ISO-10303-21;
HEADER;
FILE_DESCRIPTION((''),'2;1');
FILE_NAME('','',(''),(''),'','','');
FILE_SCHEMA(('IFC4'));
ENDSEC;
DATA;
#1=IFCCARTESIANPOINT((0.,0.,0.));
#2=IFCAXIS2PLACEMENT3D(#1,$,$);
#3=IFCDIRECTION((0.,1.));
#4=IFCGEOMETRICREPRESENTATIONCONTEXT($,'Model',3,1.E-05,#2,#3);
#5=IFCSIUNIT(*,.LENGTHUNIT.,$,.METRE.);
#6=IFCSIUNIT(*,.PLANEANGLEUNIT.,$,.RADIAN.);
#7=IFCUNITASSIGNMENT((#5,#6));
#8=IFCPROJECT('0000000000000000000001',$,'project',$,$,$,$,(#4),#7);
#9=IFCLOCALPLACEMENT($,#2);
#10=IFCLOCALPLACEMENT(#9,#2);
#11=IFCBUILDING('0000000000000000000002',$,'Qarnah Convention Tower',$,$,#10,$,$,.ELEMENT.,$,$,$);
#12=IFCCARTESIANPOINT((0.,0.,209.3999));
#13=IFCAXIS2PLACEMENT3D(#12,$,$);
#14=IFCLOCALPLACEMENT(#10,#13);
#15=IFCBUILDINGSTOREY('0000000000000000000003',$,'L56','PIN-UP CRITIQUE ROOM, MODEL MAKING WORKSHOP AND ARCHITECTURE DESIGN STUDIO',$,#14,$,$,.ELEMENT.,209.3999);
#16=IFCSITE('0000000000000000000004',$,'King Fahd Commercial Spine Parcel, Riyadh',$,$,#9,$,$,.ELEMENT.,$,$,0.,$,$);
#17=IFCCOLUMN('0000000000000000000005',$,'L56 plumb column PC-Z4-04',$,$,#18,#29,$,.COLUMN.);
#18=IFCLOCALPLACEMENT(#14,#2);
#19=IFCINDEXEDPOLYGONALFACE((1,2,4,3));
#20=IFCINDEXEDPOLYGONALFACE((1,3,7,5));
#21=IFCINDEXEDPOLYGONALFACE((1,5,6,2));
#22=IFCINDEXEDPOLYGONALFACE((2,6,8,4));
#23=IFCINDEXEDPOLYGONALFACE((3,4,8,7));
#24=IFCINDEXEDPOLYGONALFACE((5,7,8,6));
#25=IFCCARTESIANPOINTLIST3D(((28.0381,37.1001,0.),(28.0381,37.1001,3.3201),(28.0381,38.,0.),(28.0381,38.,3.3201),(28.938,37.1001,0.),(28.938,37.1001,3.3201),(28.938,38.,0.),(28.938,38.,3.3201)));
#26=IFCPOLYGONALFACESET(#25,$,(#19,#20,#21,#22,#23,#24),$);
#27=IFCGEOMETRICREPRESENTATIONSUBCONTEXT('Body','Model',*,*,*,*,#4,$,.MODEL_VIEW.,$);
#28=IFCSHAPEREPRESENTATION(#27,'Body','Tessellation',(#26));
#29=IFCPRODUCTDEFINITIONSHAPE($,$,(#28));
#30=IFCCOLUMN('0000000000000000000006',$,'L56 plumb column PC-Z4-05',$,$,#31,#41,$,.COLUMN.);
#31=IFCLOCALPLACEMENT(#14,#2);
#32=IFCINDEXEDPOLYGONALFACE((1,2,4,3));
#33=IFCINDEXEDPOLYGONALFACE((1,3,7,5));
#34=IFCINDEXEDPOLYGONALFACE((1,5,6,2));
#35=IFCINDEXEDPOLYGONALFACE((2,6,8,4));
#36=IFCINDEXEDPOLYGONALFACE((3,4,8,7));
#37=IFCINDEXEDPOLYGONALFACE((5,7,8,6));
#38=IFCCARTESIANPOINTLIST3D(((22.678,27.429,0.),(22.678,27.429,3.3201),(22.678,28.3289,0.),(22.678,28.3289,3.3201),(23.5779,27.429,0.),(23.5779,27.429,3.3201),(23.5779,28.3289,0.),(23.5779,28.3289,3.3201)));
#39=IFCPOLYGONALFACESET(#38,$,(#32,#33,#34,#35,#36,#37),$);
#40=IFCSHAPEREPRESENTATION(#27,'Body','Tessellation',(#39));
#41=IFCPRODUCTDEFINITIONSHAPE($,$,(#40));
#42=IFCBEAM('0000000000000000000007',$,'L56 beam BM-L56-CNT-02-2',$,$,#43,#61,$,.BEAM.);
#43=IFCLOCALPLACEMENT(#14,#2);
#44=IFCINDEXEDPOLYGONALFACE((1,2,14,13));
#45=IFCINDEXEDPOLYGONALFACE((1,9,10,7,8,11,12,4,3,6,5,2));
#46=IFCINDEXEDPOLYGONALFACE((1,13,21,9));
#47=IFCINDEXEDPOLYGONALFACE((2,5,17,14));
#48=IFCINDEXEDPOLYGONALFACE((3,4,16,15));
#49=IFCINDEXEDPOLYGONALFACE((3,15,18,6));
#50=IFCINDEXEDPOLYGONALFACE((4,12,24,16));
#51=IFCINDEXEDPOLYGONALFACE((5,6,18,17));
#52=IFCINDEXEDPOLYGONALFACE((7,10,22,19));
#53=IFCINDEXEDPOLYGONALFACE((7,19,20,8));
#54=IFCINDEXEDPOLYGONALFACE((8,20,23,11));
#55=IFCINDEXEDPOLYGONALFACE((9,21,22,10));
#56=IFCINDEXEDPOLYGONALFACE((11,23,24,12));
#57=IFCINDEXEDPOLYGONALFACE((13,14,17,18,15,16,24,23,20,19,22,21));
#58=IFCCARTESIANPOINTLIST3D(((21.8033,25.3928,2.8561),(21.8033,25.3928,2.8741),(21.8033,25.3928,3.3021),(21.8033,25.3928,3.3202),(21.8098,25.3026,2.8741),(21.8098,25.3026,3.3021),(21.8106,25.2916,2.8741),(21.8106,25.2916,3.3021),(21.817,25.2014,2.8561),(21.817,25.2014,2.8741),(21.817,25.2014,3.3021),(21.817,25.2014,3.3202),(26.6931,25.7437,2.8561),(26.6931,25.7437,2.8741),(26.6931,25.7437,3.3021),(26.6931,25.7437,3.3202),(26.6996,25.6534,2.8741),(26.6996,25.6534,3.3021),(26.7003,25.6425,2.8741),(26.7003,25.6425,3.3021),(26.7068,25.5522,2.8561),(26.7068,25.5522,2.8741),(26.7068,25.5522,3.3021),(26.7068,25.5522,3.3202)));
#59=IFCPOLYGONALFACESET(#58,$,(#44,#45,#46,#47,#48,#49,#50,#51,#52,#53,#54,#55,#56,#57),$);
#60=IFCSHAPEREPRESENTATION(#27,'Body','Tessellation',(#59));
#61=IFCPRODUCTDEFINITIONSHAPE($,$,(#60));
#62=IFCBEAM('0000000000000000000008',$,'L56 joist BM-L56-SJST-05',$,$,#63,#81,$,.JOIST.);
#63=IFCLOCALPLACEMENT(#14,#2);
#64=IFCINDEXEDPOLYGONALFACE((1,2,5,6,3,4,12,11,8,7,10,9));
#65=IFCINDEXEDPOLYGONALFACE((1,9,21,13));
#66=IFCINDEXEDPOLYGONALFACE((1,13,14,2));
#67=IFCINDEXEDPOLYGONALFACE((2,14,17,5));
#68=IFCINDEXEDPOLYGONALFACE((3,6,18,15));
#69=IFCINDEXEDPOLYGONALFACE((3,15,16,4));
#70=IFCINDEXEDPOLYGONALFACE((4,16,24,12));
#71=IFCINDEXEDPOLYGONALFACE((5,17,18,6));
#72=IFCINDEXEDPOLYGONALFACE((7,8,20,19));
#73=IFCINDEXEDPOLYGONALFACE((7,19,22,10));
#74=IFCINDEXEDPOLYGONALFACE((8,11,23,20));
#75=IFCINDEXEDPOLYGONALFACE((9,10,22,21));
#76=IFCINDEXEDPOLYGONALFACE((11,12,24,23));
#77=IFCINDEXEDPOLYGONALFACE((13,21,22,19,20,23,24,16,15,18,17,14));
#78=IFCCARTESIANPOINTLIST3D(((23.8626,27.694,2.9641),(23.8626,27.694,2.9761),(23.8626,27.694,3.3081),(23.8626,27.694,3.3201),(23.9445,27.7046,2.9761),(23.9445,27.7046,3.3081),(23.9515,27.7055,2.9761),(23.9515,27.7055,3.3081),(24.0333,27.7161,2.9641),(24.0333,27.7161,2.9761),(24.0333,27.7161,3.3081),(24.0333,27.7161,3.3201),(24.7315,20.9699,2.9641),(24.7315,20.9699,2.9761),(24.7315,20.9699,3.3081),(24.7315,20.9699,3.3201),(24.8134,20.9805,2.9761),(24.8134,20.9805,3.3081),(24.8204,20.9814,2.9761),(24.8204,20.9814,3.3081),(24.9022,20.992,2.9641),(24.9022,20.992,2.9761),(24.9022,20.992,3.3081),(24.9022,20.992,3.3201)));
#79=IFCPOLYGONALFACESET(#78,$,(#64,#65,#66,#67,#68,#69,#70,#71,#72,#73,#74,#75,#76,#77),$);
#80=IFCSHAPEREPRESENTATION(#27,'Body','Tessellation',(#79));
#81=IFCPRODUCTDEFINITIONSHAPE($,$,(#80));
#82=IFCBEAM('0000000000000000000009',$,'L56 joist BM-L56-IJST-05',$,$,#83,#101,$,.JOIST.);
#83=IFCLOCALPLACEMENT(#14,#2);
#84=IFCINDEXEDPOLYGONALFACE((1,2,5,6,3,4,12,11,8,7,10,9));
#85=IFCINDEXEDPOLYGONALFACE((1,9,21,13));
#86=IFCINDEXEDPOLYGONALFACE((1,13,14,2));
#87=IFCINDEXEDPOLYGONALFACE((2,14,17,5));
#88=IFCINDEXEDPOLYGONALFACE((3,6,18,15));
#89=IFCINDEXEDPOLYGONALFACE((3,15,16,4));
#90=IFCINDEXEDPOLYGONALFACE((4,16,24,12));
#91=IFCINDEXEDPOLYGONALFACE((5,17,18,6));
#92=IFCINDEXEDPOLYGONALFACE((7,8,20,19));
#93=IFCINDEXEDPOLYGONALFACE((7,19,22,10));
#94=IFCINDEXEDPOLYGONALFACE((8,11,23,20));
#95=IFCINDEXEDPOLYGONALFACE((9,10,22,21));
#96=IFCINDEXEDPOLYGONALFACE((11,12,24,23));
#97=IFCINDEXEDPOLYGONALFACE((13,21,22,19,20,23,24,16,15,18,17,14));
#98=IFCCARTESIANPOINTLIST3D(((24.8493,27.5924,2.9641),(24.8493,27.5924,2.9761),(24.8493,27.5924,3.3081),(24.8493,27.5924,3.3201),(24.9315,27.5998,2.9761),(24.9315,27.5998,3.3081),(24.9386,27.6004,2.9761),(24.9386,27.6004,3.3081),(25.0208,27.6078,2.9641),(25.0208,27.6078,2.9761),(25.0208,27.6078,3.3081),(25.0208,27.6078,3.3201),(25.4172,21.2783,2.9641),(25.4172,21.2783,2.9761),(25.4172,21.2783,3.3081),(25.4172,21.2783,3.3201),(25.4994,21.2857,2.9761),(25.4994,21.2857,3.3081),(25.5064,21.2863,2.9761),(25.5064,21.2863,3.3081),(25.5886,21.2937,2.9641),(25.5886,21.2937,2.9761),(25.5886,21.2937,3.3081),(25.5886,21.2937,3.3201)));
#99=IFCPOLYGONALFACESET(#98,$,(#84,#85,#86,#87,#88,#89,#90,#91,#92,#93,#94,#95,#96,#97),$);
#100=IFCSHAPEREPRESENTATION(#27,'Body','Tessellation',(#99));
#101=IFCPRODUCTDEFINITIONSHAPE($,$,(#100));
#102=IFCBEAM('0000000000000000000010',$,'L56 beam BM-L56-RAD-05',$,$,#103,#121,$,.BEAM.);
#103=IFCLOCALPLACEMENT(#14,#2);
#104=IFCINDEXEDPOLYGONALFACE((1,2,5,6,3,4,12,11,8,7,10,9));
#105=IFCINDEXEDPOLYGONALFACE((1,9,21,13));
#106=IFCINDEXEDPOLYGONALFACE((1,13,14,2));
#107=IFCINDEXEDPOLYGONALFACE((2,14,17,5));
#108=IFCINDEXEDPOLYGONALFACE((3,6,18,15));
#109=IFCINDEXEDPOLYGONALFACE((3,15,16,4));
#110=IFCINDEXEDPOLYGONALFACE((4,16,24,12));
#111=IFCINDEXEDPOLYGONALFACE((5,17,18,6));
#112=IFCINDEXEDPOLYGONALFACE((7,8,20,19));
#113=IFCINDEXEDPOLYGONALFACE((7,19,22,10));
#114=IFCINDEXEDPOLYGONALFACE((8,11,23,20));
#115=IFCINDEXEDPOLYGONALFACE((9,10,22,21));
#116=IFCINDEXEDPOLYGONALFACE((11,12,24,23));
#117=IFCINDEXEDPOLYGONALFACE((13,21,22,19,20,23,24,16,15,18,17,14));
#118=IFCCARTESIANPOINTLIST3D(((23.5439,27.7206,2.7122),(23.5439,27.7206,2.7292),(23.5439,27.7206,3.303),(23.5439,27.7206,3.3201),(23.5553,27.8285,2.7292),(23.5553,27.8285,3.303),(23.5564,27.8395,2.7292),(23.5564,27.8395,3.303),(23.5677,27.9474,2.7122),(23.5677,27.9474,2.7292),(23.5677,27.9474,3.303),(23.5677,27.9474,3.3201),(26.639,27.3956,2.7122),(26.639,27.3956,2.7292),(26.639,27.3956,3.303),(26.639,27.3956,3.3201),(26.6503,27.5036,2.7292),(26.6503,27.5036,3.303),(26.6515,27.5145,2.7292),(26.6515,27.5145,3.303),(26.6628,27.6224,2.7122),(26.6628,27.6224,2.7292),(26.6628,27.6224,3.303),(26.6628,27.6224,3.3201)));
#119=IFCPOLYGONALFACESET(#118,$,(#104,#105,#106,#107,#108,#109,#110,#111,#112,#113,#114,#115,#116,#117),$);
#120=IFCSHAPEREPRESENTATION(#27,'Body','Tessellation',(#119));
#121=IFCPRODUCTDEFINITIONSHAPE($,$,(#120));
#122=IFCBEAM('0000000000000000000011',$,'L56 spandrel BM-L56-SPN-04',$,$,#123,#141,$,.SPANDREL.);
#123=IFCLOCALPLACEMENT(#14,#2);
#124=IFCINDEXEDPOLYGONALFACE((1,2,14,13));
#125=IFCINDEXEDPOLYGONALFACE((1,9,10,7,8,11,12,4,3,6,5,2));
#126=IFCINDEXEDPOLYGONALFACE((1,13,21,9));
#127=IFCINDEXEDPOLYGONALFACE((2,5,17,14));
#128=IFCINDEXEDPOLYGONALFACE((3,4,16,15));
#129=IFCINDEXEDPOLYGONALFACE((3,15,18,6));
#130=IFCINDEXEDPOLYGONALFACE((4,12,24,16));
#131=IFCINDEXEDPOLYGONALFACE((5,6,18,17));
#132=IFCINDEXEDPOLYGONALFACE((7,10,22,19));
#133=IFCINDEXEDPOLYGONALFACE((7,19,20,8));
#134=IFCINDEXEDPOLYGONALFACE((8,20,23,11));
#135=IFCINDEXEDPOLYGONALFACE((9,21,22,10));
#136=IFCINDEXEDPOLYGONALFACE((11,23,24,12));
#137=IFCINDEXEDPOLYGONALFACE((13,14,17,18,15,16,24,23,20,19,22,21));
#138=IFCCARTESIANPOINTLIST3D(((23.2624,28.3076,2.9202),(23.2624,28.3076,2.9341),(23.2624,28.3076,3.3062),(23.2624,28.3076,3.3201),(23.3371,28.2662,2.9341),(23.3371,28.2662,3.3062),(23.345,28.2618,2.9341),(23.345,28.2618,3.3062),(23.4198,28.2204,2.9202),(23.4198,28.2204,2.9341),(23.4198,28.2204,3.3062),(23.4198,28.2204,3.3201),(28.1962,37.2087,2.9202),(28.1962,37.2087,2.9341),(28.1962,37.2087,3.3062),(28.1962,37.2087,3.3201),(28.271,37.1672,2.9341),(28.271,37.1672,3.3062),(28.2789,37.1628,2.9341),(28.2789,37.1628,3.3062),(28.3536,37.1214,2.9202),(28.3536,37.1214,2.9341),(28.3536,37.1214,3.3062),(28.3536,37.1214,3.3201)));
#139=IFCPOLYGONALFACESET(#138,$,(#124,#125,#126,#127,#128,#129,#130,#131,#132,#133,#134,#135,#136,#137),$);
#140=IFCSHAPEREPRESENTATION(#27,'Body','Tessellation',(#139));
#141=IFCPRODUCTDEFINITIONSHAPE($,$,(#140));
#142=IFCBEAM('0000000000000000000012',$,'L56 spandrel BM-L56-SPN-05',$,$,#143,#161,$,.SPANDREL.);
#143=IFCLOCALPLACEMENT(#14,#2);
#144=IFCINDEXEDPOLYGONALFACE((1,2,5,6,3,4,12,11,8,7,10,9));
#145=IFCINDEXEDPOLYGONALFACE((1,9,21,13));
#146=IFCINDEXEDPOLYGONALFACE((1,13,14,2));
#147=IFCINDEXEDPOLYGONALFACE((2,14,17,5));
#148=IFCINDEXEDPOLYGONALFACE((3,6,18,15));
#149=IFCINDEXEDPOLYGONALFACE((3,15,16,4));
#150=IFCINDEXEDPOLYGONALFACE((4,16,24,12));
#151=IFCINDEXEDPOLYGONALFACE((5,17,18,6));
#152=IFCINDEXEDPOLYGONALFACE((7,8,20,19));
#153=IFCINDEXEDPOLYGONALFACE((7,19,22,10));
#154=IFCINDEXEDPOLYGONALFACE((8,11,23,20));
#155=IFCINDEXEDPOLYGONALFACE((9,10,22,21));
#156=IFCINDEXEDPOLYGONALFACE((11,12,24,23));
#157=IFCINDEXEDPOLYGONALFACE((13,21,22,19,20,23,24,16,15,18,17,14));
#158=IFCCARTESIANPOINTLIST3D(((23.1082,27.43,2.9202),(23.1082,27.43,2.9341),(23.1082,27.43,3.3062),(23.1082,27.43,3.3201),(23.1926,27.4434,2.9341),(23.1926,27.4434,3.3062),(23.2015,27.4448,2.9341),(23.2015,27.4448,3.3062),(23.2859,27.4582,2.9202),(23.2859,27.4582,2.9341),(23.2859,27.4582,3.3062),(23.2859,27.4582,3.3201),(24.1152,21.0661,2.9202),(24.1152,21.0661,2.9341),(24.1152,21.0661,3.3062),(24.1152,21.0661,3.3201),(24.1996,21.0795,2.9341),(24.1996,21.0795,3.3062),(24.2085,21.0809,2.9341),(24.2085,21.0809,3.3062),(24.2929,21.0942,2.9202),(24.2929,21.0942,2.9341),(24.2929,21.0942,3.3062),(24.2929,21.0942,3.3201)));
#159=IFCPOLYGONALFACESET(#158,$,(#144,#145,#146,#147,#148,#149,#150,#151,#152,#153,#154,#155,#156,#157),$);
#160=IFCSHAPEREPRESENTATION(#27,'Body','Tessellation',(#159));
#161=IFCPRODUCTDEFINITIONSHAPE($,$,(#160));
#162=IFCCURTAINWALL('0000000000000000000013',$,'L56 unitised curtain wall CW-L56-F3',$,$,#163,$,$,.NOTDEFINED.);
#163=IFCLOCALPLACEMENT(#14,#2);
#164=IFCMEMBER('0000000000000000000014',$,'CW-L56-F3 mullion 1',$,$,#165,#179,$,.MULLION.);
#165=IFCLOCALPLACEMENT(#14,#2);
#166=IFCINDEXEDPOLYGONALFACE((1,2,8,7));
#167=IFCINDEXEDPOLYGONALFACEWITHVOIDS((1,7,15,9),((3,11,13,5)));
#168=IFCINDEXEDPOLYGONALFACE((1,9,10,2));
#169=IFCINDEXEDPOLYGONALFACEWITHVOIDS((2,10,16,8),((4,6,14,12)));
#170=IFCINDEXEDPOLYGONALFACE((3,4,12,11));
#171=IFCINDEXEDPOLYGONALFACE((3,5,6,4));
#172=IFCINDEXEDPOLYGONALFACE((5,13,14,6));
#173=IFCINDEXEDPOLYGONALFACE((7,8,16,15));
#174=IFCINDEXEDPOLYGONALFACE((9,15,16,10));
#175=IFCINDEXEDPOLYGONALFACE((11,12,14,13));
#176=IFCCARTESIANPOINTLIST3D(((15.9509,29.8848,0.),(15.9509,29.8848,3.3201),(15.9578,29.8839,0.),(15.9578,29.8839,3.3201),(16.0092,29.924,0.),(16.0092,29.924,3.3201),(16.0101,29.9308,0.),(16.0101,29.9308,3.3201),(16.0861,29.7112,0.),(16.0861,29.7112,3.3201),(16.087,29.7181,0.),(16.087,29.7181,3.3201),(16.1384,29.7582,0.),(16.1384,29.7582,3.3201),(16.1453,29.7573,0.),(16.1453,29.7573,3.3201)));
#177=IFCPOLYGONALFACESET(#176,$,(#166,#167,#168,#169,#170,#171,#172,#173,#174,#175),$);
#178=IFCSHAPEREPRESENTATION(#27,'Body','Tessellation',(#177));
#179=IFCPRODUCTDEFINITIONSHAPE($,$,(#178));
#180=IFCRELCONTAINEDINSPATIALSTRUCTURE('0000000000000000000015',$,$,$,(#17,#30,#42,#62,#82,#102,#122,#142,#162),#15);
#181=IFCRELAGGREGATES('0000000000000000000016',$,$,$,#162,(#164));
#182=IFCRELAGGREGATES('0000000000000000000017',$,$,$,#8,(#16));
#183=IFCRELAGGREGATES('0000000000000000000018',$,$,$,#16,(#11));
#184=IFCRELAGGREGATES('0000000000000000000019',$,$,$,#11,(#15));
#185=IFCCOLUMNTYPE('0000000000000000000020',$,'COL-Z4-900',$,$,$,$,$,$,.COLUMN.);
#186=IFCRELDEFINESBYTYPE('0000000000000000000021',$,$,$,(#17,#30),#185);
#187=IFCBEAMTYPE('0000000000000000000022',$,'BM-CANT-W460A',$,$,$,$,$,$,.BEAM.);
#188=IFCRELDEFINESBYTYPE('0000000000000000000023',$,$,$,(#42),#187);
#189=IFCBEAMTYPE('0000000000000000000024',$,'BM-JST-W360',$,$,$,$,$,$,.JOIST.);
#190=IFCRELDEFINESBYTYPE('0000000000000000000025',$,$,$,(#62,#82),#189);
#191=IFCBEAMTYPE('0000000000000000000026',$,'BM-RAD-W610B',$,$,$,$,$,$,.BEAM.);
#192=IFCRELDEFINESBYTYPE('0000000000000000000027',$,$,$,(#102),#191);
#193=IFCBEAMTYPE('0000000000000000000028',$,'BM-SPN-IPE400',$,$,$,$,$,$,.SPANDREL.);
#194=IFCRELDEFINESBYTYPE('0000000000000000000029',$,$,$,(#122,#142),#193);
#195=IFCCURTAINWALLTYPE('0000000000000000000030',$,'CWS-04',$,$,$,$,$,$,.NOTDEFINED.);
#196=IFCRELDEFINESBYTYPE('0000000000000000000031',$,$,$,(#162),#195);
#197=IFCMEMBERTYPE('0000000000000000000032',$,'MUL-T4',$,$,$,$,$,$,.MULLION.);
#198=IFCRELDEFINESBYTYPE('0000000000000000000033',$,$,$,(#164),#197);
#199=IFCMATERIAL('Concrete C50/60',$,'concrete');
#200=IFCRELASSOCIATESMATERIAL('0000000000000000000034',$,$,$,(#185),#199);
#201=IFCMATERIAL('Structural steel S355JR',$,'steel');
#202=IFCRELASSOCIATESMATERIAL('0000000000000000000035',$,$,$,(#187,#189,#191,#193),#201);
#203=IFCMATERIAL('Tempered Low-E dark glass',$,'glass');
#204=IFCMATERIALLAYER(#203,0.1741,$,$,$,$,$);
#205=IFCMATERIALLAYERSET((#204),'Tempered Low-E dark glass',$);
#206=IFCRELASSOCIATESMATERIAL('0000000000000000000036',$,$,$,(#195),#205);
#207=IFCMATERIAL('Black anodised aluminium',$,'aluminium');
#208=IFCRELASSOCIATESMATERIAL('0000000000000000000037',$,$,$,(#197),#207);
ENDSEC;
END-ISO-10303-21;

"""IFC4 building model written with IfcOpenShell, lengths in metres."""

from ifc_helpers import new_model, si_unit, direction, frame, origin, origin_2d, place, context, subcontext, project, spatial, rectangle, hollow_rectangle, i_section, extrude, material, layer, layer_set, material_profile, profile_set, type_object, element, aggregate, save


model = new_model("IFC4")

# Units and contexts
model_context = context("Model", 3, precision=1e-05, world=origin(), true_north=direction((0.0, 1.0)))
body_context = subcontext(model_context, "Body", "Model", "MODEL_VIEW")
ifc_project = project(units=[si_unit("LENGTHUNIT", "METRE"), si_unit("PLANEANGLEUNIT", "RADIAN")], contexts=[model_context])

# Site, building, storey
site_placement = place(None, origin())
site = spatial("IfcSite", under=ifc_project, at=site_placement, Name="King Fahd Commercial Spine Parcel, Riyadh", CompositionType="ELEMENT", RefElevation=0.0)
building_placement = place(site_placement, origin())
building = spatial("IfcBuilding", under=site, at=building_placement, Name="Qarnah Convention Tower", CompositionType="ELEMENT")
storey_placement = place(building_placement, frame((0.0, 0.0, 209.3999)))
storey = spatial("IfcBuildingStorey", under=building, at=storey_placement, Name="L56", Description="PIN-UP CRITIQUE ROOM, MODEL MAKING WORKSHOP AND ARCHITECTURE DESIGN STUDIO", CompositionType="ELEMENT", Elevation=209.3999)

# Columns
ifc_material_1 = material(Name="Concrete C50/60", Category="concrete")
ifc_material_profile_1 = material_profile(ifc_material_1, rectangle(XDim=0.8999, YDim=0.8999, at=origin_2d()), Name="RC-COL-900X900")
ifc_profile_set_1 = profile_set([ifc_material_profile_1], Name="Concrete C50/60")
column_type = type_object("IfcColumnType", Name="COL-Z4-900", PredefinedType="COLUMN", material=ifc_profile_set_1)
for number, where, z_axis, x_axis, name in (
    (1, (28.488, 37.55, 0.0), (0.0, 0.0, 1.0), (1.0, 0.0, 0.0), "L56 plumb column PC-Z4-04"),
    (2, (23.1279, 27.8789, 0.0), (0.0, 0.0, 1.0), (1.0, 0.0, 0.0), "L56 plumb column PC-Z4-05"),
):
    element("IfcColumn", number, at=place(storey_placement, frame(where, z_axis=z_axis, x_axis=x_axis)), inside=storey, type_object=column_type, Name=name, PredefinedType="COLUMN", context=body_context, shape_type="SweptSolid", body=[
        extrude(rectangle(XDim=0.8999, YDim=0.8999, at=origin_2d()), origin(), (0.0, 0.0, 1.0), 3.3201),
    ])

# Beams
ifc_material_2 = material(Name="Structural steel S355JR", Category="steel")
ifc_material_profile_2 = material_profile(ifc_material_2, i_section(OverallWidth=0.1919, OverallDepth=0.4641, WebThickness=0.011, FlangeThickness=0.0181, at=origin_2d()), Name="W460X89")
ifc_profile_set_2 = profile_set([ifc_material_profile_2], Name="Structural steel S355JR")
beam_type_1 = type_object("IfcBeamType", Name="BM-CANT-W460A", PredefinedType="BEAM", material=ifc_profile_set_2)
beam_1_placement = place(storey_placement, frame((26.7, 25.6479, 3.0881), z_axis=(-0.997436, -0.071562, 0.0), x_axis=(0.071562, -0.997436, 0.0)))
element("IfcBeam", 3, at=beam_1_placement, inside=storey, type_object=beam_type_1, Name="L56 beam BM-L56-CNT-02-2", PredefinedType="BEAM", context=body_context, shape_type="SweptSolid", body=[
    extrude(i_section(OverallWidth=0.1919, OverallDepth=0.4641, WebThickness=0.011, FlangeThickness=0.0181, at=origin_2d()), origin(), (0.0, 0.0, 1.0), 4.9023),
])
ifc_material_profile_3 = material_profile(ifc_material_2, i_section(OverallWidth=0.1721, OverallDepth=0.356, WebThickness=0.0071, FlangeThickness=0.012, at=origin_2d()), Name="W360X51")
ifc_profile_set_3 = profile_set([ifc_material_profile_3], Name="Structural steel S355JR")
beam_type_2 = type_object("IfcBeamType", Name="BM-JST-W360", PredefinedType="JOIST", material=ifc_profile_set_3)
beam_2_placement = place(storey_placement, frame((23.948, 27.7051, 3.1421), z_axis=(0.128155, -0.991754, 0.0), x_axis=(0.991754, 0.128155, 0.0)))
element("IfcBeam", 4, at=beam_2_placement, inside=storey, type_object=beam_type_2, Name="L56 joist BM-L56-SJST-05", PredefinedType="JOIST", context=body_context, shape_type="SweptSolid", body=[
    extrude(i_section(OverallWidth=0.1721, OverallDepth=0.356, WebThickness=0.0071, FlangeThickness=0.012, at=origin_2d()), origin(), (0.0, 0.0, 1.0), 6.78),
])
beam_3_placement = place(storey_placement, frame((24.9351, 27.6001, 3.1421), z_axis=(0.089574, -0.99598, 0.0), x_axis=(0.99598, 0.089574, 0.0)))
element("IfcBeam", 5, at=beam_3_placement, inside=storey, type_object=beam_type_2, Name="L56 joist BM-L56-IJST-05", PredefinedType="JOIST", context=body_context, shape_type="SweptSolid", body=[
    extrude(i_section(OverallWidth=0.1721, OverallDepth=0.356, WebThickness=0.0071, FlangeThickness=0.012, at=origin_2d()), origin(), (0.0, 0.0, 1.0), 6.3396),
])
ifc_material_profile_4 = material_profile(ifc_material_2, i_section(OverallWidth=0.228, OverallDepth=0.6079, WebThickness=0.011, FlangeThickness=0.0171, at=origin_2d()), Name="W610X113")
ifc_profile_set_4 = profile_set([ifc_material_profile_4], Name="Structural steel S355JR")
beam_type_3 = type_object("IfcBeamType", Name="BM-RAD-W610B", PredefinedType="BEAM", material=ifc_profile_set_4)
beam_4_placement = place(storey_placement, frame((26.6509, 27.509, 3.0161), z_axis=(-0.994533, 0.104419, 0.0), x_axis=(-0.104419, -0.994533, 0.0)))
element("IfcBeam", 6, at=beam_4_placement, inside=storey, type_object=beam_type_3, Name="L56 beam BM-L56-RAD-05", PredefinedType="BEAM", context=body_context, shape_type="SweptSolid", body=[
    extrude(i_section(OverallWidth=0.228, OverallDepth=0.6079, WebThickness=0.011, FlangeThickness=0.0171, at=origin_2d()), origin(), (0.0, 0.0, 1.0), 3.1121),
])
ifc_material_profile_5 = material_profile(ifc_material_2, i_section(OverallWidth=0.1799, OverallDepth=0.3999, WebThickness=0.009, FlangeThickness=0.0139, at=origin_2d()), Name="IPE400")
ifc_profile_set_5 = profile_set([ifc_material_profile_5], Name="Structural steel S355JR")
beam_type_4 = type_object("IfcBeamType", Name="BM-SPN-IPE400", PredefinedType="SPANDREL", material=ifc_profile_set_5)
beam_5_placement = place(storey_placement, frame((28.2749, 37.165, 3.1201), z_axis=(-0.484799, -0.874625, 0.0), x_axis=(0.874625, -0.484799, 0.0)))
element("IfcBeam", 7, at=beam_5_placement, inside=storey, type_object=beam_type_4, Name="L56 spandrel BM-L56-SPN-04", PredefinedType="SPANDREL", context=body_context, shape_type="SweptSolid", body=[
    extrude(i_section(OverallWidth=0.1799, OverallDepth=0.3999, WebThickness=0.009, FlangeThickness=0.0139, at=origin_2d()), origin(), (0.0, 0.0, 1.0), 10.177),
])
beam_6_placement = place(storey_placement, frame((23.197, 27.4441, 3.1201), z_axis=(0.156301, -0.987709, 0.0), x_axis=(0.987709, 0.156301, 0.0)))
element("IfcBeam", 8, at=beam_6_placement, inside=storey, type_object=beam_type_4, Name="L56 spandrel BM-L56-SPN-05", PredefinedType="SPANDREL", context=body_context, shape_type="SweptSolid", body=[
    extrude(i_section(OverallWidth=0.1799, OverallDepth=0.3999, WebThickness=0.009, FlangeThickness=0.0139, at=origin_2d()), origin(), (0.0, 0.0, 1.0), 6.4431),
])

# Curtain wall, member
ifc_material_3 = material(Name="Tempered Low-E dark glass", Category="glass")
ifc_layer_1 = layer(ifc_material_3, 0.1741)
ifc_layer_set_1 = layer_set([ifc_layer_1], Name="Tempered Low-E dark glass")
curtain_wall_type = type_object("IfcCurtainWallType", Name="CWS-04", PredefinedType="NOTDEFINED", material=ifc_layer_set_1)
curtain_wall_placement = place(storey_placement, origin())
curtain_wall = element("IfcCurtainWall", 9, at=curtain_wall_placement, inside=storey, type_object=curtain_wall_type, Name="L56 unitised curtain wall CW-L56-F3", PredefinedType="NOTDEFINED")
ifc_material_4 = material(Name="Black anodised aluminium", Category="aluminium")
ifc_material_profile_6 = material_profile(ifc_material_4, hollow_rectangle(XDim=0.075, YDim=0.22, WallThickness=0.0049, at=origin_2d()), Name="MUL-75X220")
ifc_profile_set_6 = profile_set([ifc_material_profile_6], Name="Black anodised aluminium")
member_type_1 = type_object("IfcMemberType", Name="MUL-T4", PredefinedType="MULLION", material=ifc_profile_set_6)
member_1_placement = place(storey_placement, frame((16.0481, 29.821, 0.0), z_axis=(0.0, 0.0, 1.0), x_axis=(0.788876, 0.614553, 0.0)))
member_1 = element("IfcMember", 10, at=member_1_placement, type_object=member_type_1, Name="CW-L56-F3 mullion 1", PredefinedType="MULLION", context=body_context, shape_type="SweptSolid", body=[
    extrude(hollow_rectangle(XDim=0.075, YDim=0.22, WallThickness=0.0049, at=origin_2d()), origin(), (0.0, 0.0, 1.0), 3.3201),
])
aggregate(curtain_wall, [member_1])

save(model, "model.ifc")
